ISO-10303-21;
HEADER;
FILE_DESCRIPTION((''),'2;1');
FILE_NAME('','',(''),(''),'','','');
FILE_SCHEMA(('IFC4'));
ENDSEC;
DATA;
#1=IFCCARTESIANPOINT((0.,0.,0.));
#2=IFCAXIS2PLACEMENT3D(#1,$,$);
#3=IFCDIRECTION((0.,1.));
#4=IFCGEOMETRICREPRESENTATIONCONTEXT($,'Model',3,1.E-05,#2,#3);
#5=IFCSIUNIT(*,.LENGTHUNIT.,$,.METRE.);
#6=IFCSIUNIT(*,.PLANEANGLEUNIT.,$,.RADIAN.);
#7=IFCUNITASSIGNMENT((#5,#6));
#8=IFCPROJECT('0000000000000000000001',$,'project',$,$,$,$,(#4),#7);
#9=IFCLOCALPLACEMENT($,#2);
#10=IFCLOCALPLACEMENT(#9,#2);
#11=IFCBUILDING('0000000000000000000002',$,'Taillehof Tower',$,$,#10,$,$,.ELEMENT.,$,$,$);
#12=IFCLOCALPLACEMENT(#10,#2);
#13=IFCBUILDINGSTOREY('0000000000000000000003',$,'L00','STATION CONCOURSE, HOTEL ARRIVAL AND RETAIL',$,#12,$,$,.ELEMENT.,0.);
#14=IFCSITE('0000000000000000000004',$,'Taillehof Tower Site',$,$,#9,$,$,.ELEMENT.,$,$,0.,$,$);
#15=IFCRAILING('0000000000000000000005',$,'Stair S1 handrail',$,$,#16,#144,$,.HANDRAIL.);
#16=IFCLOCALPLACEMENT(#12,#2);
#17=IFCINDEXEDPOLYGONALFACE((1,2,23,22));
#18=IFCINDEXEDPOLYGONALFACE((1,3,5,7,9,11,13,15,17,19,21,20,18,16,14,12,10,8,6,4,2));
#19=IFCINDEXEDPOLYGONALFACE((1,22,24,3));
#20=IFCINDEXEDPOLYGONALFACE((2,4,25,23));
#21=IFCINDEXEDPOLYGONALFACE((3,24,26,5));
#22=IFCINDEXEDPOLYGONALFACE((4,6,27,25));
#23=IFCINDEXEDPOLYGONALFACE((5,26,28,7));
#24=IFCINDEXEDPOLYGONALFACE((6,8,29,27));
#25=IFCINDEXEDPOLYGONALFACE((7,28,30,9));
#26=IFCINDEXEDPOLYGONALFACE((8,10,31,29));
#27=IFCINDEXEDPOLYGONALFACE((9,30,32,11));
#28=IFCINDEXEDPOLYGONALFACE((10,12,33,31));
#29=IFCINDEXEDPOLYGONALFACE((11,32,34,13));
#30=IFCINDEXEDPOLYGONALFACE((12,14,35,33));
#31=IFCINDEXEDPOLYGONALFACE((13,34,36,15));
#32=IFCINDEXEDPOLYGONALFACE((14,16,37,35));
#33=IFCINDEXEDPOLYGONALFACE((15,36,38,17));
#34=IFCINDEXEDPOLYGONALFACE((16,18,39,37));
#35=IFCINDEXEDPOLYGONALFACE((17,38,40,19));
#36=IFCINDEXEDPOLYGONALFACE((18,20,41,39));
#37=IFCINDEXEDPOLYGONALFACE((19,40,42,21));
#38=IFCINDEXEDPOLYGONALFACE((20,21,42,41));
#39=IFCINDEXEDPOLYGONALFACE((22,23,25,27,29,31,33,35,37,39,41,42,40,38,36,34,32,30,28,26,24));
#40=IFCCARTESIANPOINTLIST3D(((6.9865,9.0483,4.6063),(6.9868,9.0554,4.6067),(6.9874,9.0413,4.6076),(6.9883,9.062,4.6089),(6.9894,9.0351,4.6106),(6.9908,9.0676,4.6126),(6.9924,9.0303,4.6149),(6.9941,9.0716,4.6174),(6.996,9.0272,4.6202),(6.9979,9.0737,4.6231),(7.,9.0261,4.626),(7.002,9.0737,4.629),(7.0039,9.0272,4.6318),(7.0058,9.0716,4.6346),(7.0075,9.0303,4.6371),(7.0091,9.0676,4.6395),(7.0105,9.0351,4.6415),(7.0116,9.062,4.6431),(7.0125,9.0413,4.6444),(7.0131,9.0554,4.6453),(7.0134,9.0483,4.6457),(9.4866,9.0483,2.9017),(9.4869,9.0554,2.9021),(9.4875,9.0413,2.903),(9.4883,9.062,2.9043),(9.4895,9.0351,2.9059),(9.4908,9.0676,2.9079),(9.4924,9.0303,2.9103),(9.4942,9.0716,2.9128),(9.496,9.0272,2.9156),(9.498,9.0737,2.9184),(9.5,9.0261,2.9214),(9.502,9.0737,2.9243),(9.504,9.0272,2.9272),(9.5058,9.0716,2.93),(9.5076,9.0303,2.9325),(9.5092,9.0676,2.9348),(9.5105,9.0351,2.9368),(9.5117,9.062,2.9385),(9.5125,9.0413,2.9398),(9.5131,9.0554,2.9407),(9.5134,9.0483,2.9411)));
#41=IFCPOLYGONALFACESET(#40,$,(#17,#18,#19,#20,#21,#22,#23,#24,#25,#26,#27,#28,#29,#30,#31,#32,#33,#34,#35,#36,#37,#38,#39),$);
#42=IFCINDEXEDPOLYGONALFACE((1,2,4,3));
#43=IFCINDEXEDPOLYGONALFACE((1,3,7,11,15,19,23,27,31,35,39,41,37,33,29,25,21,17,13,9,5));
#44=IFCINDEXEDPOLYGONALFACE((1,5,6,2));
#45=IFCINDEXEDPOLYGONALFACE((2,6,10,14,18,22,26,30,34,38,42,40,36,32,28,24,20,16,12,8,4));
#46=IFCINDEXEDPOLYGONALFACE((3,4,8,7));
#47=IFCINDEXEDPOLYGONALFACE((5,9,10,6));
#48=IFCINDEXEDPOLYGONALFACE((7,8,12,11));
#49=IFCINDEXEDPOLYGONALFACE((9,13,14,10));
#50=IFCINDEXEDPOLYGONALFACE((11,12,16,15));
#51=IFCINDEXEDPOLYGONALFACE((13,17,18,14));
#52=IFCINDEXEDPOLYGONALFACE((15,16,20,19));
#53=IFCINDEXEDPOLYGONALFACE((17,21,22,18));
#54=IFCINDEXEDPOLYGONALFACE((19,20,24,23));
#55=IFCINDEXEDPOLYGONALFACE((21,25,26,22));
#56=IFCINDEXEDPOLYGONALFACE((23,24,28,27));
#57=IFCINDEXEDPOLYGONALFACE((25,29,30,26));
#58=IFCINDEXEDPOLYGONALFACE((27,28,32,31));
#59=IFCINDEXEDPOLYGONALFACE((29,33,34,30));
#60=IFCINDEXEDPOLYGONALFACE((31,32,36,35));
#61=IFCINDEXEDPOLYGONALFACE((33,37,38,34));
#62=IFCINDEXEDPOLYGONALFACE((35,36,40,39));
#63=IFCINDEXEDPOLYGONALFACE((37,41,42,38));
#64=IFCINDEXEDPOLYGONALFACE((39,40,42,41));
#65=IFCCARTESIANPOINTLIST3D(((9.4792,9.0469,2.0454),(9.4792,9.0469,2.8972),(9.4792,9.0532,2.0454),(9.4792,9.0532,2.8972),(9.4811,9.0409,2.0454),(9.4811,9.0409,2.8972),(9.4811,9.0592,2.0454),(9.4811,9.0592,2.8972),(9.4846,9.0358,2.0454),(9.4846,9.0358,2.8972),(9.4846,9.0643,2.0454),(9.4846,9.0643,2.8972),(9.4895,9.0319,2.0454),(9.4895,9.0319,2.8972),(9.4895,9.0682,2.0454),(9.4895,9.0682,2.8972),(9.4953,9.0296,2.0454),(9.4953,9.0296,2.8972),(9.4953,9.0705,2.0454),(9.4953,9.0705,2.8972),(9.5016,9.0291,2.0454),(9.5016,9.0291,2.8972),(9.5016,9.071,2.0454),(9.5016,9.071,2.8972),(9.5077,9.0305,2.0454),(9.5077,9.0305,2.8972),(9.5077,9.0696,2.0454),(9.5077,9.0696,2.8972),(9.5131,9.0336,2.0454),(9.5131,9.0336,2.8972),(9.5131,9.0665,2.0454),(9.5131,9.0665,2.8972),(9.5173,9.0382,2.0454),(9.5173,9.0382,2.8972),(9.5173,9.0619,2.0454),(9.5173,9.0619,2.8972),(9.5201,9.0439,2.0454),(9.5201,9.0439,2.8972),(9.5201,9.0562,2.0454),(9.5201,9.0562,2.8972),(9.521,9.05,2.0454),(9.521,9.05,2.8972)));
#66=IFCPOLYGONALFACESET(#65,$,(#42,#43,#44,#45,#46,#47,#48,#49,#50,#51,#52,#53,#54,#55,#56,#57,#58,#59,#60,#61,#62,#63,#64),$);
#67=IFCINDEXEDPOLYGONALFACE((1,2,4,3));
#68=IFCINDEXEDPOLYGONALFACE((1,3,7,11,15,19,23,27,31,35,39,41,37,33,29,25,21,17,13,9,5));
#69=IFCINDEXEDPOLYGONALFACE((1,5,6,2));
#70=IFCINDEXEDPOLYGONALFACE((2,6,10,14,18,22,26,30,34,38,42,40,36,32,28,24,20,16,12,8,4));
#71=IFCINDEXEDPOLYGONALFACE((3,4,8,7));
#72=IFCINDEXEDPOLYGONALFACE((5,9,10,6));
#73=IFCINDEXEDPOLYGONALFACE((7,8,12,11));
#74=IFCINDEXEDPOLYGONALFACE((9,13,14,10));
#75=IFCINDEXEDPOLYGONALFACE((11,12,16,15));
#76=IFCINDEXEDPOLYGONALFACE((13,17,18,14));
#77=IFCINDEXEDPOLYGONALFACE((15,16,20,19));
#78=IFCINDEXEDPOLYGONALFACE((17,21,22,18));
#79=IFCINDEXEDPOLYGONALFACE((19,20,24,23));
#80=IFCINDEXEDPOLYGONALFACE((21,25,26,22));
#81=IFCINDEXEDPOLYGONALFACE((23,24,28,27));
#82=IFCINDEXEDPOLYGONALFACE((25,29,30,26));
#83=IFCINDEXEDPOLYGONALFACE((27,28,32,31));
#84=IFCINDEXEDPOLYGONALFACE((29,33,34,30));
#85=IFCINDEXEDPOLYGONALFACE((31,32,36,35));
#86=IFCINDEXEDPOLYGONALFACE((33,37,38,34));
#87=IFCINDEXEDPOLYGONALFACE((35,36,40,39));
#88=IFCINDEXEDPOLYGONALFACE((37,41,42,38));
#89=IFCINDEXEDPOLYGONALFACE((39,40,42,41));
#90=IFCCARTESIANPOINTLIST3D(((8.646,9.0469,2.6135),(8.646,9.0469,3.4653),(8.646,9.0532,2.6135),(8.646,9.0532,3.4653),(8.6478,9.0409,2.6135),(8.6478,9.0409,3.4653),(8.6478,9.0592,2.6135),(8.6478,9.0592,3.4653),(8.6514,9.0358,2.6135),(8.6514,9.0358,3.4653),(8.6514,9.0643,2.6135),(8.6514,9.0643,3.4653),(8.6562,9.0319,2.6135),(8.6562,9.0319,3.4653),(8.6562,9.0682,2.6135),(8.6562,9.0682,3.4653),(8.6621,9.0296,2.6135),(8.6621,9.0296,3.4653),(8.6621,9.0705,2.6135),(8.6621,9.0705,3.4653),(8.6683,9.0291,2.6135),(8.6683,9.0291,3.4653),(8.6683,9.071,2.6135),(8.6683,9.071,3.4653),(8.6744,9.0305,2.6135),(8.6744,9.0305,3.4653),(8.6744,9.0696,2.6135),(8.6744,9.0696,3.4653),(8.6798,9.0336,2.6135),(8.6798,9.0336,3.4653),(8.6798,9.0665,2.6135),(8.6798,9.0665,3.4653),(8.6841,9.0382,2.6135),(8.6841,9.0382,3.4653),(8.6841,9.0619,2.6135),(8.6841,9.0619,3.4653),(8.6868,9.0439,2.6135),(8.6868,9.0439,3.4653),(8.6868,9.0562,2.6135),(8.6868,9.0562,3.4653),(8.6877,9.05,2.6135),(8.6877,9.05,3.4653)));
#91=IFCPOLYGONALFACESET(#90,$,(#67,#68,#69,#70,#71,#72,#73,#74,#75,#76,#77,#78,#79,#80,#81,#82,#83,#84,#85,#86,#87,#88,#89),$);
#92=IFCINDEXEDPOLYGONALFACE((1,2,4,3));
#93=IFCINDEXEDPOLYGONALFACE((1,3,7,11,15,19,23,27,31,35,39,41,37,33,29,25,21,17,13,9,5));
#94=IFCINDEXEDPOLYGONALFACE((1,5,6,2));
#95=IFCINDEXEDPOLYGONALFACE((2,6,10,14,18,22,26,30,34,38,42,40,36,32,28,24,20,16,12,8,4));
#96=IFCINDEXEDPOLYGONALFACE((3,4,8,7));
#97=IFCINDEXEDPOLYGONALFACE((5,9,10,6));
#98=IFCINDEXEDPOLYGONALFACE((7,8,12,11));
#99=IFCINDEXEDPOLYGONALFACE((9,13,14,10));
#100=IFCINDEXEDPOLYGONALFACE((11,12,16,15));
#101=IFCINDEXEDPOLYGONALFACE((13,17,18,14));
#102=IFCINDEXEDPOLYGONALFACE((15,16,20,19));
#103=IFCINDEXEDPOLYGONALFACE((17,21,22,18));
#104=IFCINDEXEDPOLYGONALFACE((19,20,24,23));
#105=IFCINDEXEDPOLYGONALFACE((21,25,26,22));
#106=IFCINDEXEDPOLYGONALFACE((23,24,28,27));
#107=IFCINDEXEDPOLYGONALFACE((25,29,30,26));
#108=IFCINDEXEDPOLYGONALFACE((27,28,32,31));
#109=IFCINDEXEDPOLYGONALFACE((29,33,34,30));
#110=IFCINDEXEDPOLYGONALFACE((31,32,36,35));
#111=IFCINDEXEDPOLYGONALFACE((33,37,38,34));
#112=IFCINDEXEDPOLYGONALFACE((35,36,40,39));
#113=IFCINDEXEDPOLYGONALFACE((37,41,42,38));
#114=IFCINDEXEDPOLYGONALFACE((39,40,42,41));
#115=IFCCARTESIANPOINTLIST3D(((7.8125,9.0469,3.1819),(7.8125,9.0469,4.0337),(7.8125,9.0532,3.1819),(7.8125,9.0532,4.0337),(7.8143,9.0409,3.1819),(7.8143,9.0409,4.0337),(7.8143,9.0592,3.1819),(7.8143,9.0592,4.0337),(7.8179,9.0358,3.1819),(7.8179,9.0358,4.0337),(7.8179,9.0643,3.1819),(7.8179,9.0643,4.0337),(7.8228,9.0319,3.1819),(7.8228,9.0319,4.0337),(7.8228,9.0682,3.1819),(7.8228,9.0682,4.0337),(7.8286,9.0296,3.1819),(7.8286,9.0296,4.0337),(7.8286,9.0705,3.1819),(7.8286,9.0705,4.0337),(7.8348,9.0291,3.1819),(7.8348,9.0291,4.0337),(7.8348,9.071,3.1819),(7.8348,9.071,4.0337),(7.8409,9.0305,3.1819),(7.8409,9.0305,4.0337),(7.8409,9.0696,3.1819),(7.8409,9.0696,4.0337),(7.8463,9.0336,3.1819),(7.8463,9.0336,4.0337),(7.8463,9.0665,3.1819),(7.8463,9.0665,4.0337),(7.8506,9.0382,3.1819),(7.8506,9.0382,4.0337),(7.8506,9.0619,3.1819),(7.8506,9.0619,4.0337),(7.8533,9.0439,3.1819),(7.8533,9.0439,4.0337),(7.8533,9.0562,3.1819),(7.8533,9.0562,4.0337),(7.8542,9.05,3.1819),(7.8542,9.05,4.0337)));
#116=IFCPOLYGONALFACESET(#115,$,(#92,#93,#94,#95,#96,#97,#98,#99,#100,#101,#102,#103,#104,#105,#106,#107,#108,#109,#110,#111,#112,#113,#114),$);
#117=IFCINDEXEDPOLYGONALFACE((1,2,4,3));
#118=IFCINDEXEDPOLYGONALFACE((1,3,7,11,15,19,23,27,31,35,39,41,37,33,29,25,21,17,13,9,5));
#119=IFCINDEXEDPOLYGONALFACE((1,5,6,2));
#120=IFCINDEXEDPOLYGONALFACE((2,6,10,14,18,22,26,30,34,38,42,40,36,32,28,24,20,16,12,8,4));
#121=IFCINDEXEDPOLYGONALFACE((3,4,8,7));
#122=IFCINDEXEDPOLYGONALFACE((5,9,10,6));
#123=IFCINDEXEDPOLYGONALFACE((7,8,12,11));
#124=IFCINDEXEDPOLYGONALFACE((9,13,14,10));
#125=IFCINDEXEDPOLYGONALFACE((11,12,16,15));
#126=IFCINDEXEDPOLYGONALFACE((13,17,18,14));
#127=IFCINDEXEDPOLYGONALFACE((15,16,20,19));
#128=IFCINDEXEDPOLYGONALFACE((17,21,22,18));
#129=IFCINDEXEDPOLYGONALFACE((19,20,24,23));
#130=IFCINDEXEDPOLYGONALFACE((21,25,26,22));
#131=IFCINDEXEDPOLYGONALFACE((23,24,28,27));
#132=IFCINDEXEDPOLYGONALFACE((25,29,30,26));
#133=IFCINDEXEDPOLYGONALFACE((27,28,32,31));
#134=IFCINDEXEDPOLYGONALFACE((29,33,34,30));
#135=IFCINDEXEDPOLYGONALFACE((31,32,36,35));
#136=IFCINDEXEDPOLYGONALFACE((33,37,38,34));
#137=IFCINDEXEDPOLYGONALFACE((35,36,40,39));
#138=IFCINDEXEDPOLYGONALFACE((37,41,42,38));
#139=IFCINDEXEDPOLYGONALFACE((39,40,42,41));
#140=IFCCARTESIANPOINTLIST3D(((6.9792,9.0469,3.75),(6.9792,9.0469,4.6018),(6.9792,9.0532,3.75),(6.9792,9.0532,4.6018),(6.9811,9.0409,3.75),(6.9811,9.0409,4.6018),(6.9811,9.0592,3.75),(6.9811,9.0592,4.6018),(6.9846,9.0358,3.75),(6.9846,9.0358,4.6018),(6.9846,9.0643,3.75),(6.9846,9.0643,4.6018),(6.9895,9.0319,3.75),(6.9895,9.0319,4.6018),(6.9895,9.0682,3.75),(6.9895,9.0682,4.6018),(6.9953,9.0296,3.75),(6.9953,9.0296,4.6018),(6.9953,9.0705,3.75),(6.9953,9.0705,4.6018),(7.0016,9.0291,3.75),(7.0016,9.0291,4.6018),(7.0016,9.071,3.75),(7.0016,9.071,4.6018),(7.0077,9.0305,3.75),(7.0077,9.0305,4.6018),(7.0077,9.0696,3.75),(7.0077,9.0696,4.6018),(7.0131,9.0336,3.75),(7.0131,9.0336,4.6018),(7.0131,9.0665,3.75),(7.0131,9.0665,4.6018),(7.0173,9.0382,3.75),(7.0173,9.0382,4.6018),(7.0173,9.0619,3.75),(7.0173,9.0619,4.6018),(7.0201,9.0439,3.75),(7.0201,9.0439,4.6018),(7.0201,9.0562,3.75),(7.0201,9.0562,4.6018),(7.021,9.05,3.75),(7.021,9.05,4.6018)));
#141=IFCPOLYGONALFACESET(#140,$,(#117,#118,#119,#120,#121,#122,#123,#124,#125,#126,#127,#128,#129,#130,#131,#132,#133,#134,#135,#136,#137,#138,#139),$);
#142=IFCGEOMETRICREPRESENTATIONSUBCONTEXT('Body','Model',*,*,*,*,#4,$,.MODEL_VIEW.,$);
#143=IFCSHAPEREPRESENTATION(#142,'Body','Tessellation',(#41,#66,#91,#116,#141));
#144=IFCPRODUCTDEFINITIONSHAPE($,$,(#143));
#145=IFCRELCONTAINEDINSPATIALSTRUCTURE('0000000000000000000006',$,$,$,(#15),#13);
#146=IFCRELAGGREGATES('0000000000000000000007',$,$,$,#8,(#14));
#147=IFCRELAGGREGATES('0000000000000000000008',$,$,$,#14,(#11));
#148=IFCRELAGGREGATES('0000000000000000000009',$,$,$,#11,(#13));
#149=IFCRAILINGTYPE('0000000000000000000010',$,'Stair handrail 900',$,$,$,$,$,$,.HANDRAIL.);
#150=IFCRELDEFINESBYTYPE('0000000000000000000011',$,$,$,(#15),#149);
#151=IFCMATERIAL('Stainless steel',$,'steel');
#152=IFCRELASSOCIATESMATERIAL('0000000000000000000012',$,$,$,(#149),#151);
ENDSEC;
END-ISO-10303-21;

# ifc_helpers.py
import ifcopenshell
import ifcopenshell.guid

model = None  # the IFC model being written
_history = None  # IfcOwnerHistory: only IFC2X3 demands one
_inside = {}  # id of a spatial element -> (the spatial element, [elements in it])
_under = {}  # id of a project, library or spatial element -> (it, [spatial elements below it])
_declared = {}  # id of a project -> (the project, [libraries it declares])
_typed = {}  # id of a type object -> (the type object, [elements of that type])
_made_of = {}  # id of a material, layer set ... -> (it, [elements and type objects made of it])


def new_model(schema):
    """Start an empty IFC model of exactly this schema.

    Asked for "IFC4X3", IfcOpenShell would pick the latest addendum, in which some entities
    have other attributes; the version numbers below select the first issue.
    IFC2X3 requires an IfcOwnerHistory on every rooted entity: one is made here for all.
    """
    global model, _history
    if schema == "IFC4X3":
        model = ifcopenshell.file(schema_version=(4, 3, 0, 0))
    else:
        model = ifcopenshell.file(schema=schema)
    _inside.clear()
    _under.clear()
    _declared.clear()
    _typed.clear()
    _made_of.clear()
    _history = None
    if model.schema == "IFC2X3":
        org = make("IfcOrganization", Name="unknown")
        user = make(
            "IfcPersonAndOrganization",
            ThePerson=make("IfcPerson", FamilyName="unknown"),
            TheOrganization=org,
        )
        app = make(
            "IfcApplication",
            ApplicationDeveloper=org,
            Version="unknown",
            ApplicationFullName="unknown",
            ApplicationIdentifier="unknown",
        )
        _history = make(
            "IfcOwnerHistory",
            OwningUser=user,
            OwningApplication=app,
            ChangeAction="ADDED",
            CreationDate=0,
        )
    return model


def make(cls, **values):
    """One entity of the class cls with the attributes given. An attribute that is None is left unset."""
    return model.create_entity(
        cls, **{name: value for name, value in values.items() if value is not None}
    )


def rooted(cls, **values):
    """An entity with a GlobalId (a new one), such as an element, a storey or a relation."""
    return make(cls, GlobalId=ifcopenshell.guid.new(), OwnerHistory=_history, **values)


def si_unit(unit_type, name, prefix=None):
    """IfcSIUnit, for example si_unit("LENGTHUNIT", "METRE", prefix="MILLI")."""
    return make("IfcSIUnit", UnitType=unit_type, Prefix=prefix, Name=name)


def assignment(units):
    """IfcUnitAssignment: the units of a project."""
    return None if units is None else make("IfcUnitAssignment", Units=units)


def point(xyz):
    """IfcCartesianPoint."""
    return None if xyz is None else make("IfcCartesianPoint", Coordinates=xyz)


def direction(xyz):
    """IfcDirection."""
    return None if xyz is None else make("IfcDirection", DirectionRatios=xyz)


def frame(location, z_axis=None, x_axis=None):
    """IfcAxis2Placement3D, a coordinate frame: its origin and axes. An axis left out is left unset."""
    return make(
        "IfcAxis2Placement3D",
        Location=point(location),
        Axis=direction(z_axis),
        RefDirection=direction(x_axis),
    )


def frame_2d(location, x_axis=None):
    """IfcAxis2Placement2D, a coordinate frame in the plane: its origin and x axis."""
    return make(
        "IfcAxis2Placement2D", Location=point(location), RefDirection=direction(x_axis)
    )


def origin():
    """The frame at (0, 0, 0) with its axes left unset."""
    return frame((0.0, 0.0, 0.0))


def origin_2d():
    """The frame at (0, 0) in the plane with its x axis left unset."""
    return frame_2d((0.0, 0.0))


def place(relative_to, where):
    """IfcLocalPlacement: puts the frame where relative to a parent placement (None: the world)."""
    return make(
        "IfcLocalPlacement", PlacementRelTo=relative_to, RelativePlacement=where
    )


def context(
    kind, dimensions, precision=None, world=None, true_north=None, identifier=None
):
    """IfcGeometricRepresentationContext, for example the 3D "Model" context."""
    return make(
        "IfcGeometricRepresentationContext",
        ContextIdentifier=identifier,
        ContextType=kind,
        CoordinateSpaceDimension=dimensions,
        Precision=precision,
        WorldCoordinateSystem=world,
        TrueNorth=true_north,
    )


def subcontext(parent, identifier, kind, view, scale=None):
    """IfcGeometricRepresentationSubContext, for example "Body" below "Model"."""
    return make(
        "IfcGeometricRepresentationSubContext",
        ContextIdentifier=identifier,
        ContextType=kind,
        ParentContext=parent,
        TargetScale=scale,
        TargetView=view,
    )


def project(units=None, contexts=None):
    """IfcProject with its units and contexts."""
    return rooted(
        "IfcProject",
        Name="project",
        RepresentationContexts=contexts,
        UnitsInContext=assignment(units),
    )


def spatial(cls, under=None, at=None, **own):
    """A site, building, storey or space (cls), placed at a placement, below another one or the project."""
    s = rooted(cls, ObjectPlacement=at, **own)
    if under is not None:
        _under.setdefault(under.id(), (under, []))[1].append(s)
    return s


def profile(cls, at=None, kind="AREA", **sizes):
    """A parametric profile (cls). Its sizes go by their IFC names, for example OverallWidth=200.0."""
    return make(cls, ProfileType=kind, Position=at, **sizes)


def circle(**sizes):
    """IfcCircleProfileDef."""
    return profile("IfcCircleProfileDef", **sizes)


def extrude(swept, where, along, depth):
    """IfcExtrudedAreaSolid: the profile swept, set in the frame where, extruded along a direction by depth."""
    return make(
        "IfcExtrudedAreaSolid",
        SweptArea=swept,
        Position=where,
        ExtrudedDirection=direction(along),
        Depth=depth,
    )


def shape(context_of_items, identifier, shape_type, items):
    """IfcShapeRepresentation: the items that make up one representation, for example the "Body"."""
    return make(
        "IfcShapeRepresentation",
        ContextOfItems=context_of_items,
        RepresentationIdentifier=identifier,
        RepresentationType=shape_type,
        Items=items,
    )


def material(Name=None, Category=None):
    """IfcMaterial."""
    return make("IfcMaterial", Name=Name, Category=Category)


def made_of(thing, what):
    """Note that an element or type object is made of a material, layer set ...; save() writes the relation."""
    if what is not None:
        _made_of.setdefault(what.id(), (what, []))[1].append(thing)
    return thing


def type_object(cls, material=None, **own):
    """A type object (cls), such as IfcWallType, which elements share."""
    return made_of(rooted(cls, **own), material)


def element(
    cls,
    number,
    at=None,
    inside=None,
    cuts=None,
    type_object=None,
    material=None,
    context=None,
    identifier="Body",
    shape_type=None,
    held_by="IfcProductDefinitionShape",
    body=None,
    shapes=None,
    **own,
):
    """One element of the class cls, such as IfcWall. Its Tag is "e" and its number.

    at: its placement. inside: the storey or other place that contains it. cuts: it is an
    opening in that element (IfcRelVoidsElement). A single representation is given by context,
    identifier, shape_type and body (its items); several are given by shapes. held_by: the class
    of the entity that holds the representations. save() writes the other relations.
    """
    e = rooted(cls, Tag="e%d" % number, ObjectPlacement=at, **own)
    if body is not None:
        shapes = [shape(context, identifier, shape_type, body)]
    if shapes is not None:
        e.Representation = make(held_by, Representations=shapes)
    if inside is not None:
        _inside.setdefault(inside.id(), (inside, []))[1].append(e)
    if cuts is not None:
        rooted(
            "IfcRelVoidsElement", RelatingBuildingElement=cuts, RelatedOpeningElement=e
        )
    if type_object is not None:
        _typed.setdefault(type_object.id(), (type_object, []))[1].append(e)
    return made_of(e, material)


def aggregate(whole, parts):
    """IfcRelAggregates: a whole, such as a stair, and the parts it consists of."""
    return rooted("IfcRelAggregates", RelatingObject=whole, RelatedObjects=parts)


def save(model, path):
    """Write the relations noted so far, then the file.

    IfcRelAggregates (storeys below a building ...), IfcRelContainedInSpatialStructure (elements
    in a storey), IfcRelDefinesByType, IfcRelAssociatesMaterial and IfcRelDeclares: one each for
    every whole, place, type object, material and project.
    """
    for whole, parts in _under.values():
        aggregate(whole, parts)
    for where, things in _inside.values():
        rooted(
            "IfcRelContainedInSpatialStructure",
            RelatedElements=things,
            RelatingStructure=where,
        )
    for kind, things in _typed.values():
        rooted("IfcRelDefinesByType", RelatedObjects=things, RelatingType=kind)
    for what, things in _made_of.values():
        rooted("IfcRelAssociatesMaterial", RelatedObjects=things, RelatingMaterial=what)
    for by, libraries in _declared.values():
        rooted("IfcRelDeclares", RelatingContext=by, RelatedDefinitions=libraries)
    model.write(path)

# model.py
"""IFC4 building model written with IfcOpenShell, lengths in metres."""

from ifc_helpers import new_model, si_unit, direction, frame, origin, origin_2d, place, context, subcontext, project, spatial, circle, extrude, material, type_object, element, save


model = new_model("IFC4")

# Units and contexts
model_context = context("Model", 3, precision=1e-05, world=origin(), true_north=direction((0.0, 1.0)))
body_context = subcontext(model_context, "Body", "Model", "MODEL_VIEW")
ifc_project = project(units=[si_unit("LENGTHUNIT", "METRE"), si_unit("PLANEANGLEUNIT", "RADIAN")], contexts=[model_context])

# Site, building, storey
site_placement = place(None, origin())
site = spatial("IfcSite", under=ifc_project, at=site_placement, Name="Taillehof Tower Site", CompositionType="ELEMENT", RefElevation=0.0)
building_placement = place(site_placement, origin())
building = spatial("IfcBuilding", under=site, at=building_placement, Name="Taillehof Tower", CompositionType="ELEMENT")
storey_placement = place(building_placement, origin())
storey = spatial("IfcBuildingStorey", under=building, at=storey_placement, Name="L00", Description="STATION CONCOURSE, HOTEL ARRIVAL AND RETAIL", CompositionType="ELEMENT", Elevation=0.0)

# Railing
ifc_material_1 = material(Name="Stainless steel", Category="steel")
railing_type = type_object("IfcRailingType", Name="Stair handrail 900", PredefinedType="HANDRAIL", material=ifc_material_1)
for number, where, name in (
    (1, (9.5, 9.05, 2.0454), "Stair S1 handrail"),
):
    element("IfcRailing", number, at=place(storey_placement, frame(where)), inside=storey, type_object=railing_type, Name=name, PredefinedType="HANDRAIL", context=body_context, shape_type="SweptSolid", body=[
        extrude(circle(Radius=0.0239, at=origin_2d()), frame((0.0, 0.0, 0.876), z_axis=(-0.826221, 0.0, 0.563347), x_axis=(0.0, -1.0, 0.0)), (0.0, 0.0, 1.0), 3.0259),
        extrude(circle(Radius=0.021, at=origin_2d()), origin(), (0.0, 0.0, 1.0), 0.8518),
        extrude(circle(Radius=0.021, at=origin_2d()), frame((-0.8333, 0.0, 0.5681)), (0.0, 0.0, 1.0), 0.8518),
        extrude(circle(Radius=0.021, at=origin_2d()), frame((-1.6667, 0.0, 1.1365)), (0.0, 0.0, 1.0), 0.8518),
        extrude(circle(Radius=0.021, at=origin_2d()), frame((-2.5, 0.0, 1.7046)), (0.0, 0.0, 1.0), 0.8518),
    ])

save(model, "model.ifc")
